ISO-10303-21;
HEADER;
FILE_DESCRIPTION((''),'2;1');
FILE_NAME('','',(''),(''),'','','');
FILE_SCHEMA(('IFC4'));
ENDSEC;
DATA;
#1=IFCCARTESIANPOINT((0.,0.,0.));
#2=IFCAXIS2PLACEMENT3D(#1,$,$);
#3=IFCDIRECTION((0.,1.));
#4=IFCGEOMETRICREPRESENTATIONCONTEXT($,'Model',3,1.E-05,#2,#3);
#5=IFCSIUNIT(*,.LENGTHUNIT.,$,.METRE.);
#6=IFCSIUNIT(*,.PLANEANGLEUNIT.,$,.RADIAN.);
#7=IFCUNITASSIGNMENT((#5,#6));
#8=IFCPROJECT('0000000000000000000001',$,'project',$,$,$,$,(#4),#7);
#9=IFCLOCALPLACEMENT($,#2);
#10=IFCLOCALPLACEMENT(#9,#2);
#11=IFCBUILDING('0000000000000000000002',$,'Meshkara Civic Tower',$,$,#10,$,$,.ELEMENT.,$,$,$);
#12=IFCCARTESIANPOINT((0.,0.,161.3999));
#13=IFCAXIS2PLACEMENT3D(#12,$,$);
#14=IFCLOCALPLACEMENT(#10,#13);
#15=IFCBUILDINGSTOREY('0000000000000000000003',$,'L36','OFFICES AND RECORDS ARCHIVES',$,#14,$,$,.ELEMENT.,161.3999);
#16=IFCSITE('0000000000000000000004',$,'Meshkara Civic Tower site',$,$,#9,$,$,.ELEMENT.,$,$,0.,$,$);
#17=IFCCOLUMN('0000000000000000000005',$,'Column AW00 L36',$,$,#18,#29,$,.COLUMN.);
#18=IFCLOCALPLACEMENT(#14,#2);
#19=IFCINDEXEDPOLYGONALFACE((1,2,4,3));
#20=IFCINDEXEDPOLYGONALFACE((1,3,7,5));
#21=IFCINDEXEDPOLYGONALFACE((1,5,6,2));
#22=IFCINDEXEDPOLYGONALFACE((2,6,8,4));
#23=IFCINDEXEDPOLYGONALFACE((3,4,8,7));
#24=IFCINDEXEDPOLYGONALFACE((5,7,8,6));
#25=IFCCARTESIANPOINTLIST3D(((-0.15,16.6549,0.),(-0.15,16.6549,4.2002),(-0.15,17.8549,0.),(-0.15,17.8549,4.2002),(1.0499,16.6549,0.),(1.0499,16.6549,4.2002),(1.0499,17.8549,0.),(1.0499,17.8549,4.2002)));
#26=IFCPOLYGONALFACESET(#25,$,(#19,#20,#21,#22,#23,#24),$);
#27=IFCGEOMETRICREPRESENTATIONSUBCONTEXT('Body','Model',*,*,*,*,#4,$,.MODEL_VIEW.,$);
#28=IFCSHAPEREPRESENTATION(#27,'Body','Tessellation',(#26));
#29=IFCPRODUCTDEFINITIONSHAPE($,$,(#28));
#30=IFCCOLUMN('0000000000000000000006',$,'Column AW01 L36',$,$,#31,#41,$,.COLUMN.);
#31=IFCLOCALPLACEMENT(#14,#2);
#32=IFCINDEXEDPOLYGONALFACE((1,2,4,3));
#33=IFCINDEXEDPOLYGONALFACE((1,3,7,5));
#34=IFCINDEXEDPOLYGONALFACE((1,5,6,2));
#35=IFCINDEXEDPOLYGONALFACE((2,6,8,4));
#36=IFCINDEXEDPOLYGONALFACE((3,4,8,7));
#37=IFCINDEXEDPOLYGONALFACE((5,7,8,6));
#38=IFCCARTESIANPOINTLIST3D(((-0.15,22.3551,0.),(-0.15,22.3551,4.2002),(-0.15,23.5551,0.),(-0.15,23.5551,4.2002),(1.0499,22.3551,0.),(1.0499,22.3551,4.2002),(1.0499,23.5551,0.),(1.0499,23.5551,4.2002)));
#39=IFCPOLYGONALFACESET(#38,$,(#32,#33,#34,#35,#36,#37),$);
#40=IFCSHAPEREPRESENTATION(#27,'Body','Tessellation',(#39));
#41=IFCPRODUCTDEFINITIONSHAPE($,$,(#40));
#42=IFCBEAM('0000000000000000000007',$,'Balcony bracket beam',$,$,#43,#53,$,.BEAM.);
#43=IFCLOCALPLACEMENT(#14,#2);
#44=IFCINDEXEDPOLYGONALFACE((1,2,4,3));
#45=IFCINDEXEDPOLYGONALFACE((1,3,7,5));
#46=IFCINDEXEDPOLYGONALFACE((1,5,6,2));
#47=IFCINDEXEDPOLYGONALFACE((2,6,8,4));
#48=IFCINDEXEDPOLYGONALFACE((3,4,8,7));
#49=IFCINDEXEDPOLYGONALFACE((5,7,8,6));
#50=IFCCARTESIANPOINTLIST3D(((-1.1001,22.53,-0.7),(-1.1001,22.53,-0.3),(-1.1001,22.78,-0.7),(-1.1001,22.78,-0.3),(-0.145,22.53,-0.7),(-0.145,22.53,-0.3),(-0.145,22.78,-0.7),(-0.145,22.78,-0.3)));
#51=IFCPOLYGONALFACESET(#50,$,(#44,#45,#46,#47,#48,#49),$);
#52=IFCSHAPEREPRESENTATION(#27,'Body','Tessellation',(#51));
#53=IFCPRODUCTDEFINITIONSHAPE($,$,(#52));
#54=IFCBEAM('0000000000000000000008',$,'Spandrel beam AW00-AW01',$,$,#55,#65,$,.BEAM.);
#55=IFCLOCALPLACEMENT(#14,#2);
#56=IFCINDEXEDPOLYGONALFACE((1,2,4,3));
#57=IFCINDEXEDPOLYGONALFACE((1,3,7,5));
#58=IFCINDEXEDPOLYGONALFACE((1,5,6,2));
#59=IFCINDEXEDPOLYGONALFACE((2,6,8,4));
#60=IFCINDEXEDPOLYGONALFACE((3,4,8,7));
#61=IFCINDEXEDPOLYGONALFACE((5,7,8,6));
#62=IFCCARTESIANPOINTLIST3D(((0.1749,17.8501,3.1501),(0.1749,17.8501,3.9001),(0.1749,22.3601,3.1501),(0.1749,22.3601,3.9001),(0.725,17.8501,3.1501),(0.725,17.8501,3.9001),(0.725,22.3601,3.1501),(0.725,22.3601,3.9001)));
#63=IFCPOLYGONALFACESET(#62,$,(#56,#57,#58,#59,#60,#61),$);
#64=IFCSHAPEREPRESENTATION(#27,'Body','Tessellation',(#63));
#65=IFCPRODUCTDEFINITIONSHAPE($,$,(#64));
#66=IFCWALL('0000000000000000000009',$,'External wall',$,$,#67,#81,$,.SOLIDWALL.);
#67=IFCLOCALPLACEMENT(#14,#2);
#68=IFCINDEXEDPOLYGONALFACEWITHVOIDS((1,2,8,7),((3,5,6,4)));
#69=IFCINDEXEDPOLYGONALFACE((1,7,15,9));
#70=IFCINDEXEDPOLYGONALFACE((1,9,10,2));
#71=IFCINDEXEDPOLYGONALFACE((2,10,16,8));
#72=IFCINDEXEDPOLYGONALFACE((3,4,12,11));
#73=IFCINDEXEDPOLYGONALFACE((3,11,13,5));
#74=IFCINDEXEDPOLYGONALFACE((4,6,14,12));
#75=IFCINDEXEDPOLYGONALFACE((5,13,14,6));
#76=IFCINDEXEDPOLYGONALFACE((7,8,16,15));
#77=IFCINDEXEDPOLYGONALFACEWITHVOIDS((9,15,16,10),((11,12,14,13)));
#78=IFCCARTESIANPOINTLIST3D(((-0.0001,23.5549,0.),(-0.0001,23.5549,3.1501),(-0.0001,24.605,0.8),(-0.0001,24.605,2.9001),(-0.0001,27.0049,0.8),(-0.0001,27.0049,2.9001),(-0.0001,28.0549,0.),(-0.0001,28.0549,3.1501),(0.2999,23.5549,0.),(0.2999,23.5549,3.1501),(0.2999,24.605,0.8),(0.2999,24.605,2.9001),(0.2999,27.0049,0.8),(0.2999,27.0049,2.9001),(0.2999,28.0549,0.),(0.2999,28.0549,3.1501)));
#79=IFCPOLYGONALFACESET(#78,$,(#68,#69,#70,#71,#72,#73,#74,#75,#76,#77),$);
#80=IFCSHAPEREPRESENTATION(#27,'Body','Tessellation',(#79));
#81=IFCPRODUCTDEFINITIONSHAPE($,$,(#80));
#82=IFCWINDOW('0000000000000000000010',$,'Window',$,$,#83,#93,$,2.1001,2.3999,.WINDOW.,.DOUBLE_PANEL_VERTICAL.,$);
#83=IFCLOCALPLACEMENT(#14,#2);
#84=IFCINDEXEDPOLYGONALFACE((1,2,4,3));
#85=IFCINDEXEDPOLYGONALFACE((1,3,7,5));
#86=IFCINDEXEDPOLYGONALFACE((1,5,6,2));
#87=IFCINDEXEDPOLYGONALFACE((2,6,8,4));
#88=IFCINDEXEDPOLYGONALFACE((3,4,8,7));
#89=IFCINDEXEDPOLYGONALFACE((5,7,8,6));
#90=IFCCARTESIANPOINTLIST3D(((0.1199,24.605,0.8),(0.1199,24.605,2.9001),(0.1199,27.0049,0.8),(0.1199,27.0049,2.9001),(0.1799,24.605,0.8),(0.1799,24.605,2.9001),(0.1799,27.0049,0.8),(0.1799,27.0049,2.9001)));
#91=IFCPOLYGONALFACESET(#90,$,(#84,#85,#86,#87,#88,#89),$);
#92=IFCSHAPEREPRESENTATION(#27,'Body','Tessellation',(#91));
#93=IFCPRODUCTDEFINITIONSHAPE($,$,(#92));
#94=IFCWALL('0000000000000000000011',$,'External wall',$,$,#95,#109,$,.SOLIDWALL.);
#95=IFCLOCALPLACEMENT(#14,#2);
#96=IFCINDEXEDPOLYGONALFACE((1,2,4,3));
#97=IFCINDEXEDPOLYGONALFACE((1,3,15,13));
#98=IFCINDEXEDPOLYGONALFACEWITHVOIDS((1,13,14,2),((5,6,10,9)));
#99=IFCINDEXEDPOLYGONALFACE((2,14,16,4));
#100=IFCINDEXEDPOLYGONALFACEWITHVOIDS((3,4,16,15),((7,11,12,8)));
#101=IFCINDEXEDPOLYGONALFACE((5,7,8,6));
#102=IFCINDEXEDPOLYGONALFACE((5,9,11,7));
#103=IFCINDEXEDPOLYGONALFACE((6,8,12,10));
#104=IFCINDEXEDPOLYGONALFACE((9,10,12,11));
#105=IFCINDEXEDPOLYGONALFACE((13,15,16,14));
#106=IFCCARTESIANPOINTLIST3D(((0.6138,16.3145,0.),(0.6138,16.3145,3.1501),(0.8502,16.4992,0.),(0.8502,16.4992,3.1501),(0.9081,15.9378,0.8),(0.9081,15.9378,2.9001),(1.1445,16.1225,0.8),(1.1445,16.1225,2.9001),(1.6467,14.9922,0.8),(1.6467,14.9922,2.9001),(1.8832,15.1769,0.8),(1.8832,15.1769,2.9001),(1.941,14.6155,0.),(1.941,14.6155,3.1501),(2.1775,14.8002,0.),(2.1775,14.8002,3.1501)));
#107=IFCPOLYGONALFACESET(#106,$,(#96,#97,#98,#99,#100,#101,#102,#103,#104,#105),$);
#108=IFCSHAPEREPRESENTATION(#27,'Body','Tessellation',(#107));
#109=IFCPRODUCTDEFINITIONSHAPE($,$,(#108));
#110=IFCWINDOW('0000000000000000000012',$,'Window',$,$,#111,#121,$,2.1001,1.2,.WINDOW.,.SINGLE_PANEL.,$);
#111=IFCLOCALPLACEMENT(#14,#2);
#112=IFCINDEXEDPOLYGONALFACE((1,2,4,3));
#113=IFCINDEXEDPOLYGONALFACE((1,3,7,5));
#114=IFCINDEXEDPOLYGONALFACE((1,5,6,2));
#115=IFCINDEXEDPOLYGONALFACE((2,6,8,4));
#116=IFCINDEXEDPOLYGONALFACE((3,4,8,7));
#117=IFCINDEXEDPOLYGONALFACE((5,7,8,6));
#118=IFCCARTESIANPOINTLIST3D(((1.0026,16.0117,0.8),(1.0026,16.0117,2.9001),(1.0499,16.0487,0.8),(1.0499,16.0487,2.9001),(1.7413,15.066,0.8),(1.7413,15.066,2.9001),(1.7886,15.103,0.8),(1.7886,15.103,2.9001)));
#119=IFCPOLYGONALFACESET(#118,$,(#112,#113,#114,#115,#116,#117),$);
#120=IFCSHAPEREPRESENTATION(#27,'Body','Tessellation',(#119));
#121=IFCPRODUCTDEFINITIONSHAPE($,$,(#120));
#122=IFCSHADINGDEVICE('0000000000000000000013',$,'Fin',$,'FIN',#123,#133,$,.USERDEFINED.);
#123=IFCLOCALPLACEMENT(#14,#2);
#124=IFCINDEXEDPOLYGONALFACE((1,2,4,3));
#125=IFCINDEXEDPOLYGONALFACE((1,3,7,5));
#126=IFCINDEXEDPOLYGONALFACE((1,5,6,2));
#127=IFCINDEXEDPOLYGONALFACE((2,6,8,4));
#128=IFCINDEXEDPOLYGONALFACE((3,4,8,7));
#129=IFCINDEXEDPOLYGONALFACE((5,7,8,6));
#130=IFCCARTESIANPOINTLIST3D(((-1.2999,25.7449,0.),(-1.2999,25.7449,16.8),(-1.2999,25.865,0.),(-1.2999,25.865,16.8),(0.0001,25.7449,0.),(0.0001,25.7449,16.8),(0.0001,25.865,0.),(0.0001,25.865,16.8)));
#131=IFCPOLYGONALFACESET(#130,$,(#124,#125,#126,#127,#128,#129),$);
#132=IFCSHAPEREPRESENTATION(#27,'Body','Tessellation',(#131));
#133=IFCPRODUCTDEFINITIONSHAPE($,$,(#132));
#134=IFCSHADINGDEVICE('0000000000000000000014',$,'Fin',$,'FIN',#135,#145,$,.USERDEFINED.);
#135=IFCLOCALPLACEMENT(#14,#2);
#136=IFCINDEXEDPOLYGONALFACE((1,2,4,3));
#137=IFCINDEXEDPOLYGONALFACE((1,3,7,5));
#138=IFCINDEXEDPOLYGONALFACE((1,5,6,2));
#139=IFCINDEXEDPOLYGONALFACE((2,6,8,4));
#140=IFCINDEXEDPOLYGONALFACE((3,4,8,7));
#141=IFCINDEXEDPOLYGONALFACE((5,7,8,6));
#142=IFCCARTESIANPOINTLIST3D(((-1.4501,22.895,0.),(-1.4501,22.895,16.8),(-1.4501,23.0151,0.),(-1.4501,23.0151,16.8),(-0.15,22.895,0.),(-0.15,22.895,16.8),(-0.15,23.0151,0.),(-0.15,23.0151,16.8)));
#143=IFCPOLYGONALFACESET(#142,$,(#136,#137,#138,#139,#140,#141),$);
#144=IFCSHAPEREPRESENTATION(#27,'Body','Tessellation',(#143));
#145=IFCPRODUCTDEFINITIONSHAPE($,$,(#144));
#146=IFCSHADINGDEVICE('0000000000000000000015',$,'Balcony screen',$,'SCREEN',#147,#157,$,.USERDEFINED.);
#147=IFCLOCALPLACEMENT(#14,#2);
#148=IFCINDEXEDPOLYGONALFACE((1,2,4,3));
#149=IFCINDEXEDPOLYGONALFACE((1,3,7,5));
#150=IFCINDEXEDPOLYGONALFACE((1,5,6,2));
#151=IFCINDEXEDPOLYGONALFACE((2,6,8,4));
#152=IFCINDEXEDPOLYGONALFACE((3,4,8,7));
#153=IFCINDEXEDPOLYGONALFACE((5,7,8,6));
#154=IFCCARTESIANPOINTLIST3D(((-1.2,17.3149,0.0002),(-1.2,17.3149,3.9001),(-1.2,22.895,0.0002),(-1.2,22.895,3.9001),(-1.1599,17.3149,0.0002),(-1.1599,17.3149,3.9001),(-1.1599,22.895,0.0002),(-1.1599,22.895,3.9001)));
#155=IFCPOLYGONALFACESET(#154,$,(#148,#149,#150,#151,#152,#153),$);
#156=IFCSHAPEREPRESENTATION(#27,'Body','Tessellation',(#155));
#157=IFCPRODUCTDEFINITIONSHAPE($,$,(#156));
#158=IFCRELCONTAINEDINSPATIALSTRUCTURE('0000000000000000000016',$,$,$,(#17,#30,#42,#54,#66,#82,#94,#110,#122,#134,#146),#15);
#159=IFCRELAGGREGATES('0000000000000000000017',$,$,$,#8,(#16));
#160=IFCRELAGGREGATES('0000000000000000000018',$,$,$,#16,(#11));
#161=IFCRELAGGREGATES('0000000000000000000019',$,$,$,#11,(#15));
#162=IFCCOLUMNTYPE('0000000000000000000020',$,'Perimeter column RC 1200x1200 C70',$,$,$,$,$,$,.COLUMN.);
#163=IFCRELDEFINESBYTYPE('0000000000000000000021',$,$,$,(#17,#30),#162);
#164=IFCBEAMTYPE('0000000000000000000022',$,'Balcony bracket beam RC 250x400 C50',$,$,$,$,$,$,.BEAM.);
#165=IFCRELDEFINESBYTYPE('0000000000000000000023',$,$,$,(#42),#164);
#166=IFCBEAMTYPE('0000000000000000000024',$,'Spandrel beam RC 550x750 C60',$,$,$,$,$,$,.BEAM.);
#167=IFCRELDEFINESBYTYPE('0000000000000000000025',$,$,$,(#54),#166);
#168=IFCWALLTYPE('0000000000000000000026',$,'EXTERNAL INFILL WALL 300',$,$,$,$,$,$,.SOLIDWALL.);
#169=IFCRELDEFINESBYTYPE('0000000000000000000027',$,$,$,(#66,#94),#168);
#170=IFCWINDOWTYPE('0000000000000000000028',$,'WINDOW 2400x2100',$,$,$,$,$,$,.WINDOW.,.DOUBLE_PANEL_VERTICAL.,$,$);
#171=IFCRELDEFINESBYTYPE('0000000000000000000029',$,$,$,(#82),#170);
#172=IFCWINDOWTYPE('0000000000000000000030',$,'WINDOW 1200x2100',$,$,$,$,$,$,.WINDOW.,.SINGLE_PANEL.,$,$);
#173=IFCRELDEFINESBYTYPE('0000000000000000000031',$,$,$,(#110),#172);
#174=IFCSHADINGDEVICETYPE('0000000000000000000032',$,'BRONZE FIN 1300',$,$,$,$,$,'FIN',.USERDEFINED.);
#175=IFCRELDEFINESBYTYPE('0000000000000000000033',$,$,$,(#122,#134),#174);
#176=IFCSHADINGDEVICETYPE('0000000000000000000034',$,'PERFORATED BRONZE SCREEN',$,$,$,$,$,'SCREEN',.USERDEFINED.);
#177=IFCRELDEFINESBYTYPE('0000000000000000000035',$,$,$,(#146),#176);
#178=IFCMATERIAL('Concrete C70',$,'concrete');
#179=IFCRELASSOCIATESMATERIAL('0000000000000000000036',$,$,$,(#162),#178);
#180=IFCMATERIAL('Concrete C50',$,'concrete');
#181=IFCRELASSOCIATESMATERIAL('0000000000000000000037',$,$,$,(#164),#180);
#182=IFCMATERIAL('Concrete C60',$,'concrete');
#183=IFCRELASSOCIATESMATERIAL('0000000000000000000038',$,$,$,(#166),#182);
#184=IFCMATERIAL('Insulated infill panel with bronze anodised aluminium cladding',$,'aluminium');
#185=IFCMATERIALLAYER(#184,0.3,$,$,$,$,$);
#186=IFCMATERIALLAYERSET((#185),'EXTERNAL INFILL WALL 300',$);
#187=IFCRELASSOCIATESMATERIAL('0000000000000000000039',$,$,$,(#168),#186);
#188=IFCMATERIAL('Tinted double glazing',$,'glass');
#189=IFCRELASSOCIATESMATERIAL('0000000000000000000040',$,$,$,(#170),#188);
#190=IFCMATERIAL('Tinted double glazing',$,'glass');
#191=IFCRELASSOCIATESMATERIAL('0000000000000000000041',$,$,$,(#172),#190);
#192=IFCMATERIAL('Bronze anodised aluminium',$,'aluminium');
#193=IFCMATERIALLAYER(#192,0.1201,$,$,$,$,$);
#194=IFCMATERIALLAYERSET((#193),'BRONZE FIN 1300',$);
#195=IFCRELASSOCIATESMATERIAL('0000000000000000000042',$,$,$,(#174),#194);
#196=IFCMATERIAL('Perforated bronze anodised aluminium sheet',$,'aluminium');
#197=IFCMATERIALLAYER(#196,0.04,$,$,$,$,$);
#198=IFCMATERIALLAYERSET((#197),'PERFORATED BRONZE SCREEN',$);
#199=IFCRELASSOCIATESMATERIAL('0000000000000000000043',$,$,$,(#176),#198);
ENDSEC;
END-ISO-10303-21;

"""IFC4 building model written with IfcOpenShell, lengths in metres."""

from ifc_helpers import new_model, si_unit, direction, frame, frame_2d, origin, origin_2d, place, context, subcontext, project, spatial, rectangle, extrude, material, layer, layer_set, material_profile, profile_set, type_object, element, fill, save


model = new_model("IFC4")

# Units and contexts
model_context = context("Model", 3, precision=1e-05, world=origin(), true_north=direction((0.0, 1.0)))
body_context = subcontext(model_context, "Body", "Model", "MODEL_VIEW")
ifc_project = project(units=[si_unit("LENGTHUNIT", "METRE"), si_unit("PLANEANGLEUNIT", "RADIAN")], contexts=[model_context])

# Site, building, storey
site_placement = place(None, origin())
site = spatial("IfcSite", under=ifc_project, at=site_placement, Name="Meshkara Civic Tower site", CompositionType="ELEMENT", RefElevation=0.0)
building_placement = place(site_placement, origin())
building = spatial("IfcBuilding", under=site, at=building_placement, Name="Meshkara Civic Tower", CompositionType="ELEMENT")
storey_placement = place(building_placement, frame((0.0, 0.0, 161.3999)))
storey = spatial("IfcBuildingStorey", under=building, at=storey_placement, Name="L36", Description="OFFICES AND RECORDS ARCHIVES", CompositionType="ELEMENT", Elevation=161.3999)

# Columns
ifc_material_1 = material(Name="Concrete C70", Category="concrete")
ifc_material_profile_1 = material_profile(ifc_material_1, rectangle(XDim=1.2, YDim=1.2, at=origin_2d()))
ifc_profile_set_1 = profile_set([ifc_material_profile_1], Name="Concrete C70")
column_type = type_object("IfcColumnType", Name="Perimeter column RC 1200x1200 C70", PredefinedType="COLUMN", material=ifc_profile_set_1)
for number, where, z_axis, x_axis, name in (
    (1, (0.45, 17.2549, 0.0), (0.0, 0.0, 1.0), (1.0, 0.0, 0.0), "Column AW00 L36"),
    (2, (0.45, 22.9551, 0.0), (0.0, 0.0, 1.0), (1.0, 0.0, 0.0), "Column AW01 L36"),
):
    element("IfcColumn", number, at=place(storey_placement, frame(where, z_axis=z_axis, x_axis=x_axis)), inside=storey, type_object=column_type, Name=name, PredefinedType="COLUMN", context=body_context, shape_type="SweptSolid", body=[
        extrude(rectangle(XDim=1.2, YDim=1.2, at=origin_2d()), origin(), (0.0, 0.0, 1.0), 4.2002),
    ])

# Beams
ifc_material_2 = material(Name="Concrete C50", Category="concrete")
ifc_material_profile_2 = material_profile(ifc_material_2, rectangle(XDim=0.25, YDim=0.3999, at=origin_2d()))
ifc_profile_set_2 = profile_set([ifc_material_profile_2], Name="Concrete C50")
beam_type_1 = type_object("IfcBeamType", Name="Balcony bracket beam RC 250x400 C50", PredefinedType="BEAM", material=ifc_profile_set_2)
beam_1_placement = place(storey_placement, frame((-0.145, 22.655, -0.5), z_axis=(-1.0, 0.0, 0.0), x_axis=(0.0, -1.0, 0.0)))
element("IfcBeam", 3, at=beam_1_placement, inside=storey, type_object=beam_type_1, Name="Balcony bracket beam", PredefinedType="BEAM", context=body_context, shape_type="SweptSolid", body=[
    extrude(rectangle(XDim=0.25, YDim=0.3999, at=origin_2d()), origin(), (0.0, 0.0, 1.0), 0.9551),
])
ifc_material_3 = material(Name="Concrete C60", Category="concrete")
ifc_material_profile_3 = material_profile(ifc_material_3, rectangle(XDim=0.55, YDim=0.75, at=origin_2d()))
ifc_profile_set_3 = profile_set([ifc_material_profile_3], Name="Concrete C60")
beam_type_2 = type_object("IfcBeamType", Name="Spandrel beam RC 550x750 C60", PredefinedType="BEAM", material=ifc_profile_set_3)
beam_2_placement = place(storey_placement, frame((0.45, 22.3601, 3.5251), z_axis=(0.0, -1.0, 0.0), x_axis=(1.0, 0.0, 0.0)))
element("IfcBeam", 4, at=beam_2_placement, inside=storey, type_object=beam_type_2, Name="Spandrel beam AW00-AW01", PredefinedType="BEAM", context=body_context, shape_type="SweptSolid", body=[
    extrude(rectangle(XDim=0.55, YDim=0.75, at=origin_2d()), origin(), (0.0, 0.0, 1.0), 4.51),
])

# Walls, openings, windows
ifc_material_4 = material(Name="Insulated infill panel with bronze anodised aluminium cladding", Category="aluminium")
ifc_layer_1 = layer(ifc_material_4, 0.3)
ifc_layer_set_1 = layer_set([ifc_layer_1], Name="EXTERNAL INFILL WALL 300")
wall_type_1 = type_object("IfcWallType", Name="EXTERNAL INFILL WALL 300", PredefinedType="SOLIDWALL", material=ifc_layer_set_1)
wall_1_placement = place(storey_placement, frame((0.1499, 28.0549, 0.0), z_axis=(0.0, 0.0, 1.0), x_axis=(0.0, -1.0, 0.0)))
wall_1 = element("IfcWall", 5, at=wall_1_placement, inside=storey, type_object=wall_type_1, Name="External wall", PredefinedType="SOLIDWALL", context=body_context, shape_type="SweptSolid", body=[
    extrude(rectangle(XDim=4.5, YDim=0.3, at=frame_2d((2.25, 0.0))), origin(), (0.0, 0.0, 1.0), 3.1501),
])
opening_1_placement = place(wall_1_placement, frame((1.05, 0.0, 0.8)))
opening_1 = element("IfcOpeningElement", 6, at=opening_1_placement, cuts=wall_1, PredefinedType="OPENING", context=body_context, shape_type="SweptSolid", body=[
    extrude(rectangle(XDim=2.3999, YDim=2.1001, at=frame_2d((1.2, 1.05))), frame((0.0, 0.1599, 0.0), z_axis=(0.0, -1.0, 0.0), x_axis=(1.0, 0.0, 0.0)), (0.0, 0.0, 1.0), 0.3201),
])
ifc_material_5 = material(Name="Tinted double glazing", Category="glass")
window_type_1 = type_object("IfcWindowType", Name="WINDOW 2400x2100", PartitioningType="DOUBLE_PANEL_VERTICAL", PredefinedType="WINDOW", material=ifc_material_5)
window_1_placement = place(opening_1_placement, origin())
window_1 = element("IfcWindow", 7, at=window_1_placement, inside=storey, type_object=window_type_1, Name="Window", OverallHeight=2.1001, OverallWidth=2.3999, PartitioningType="DOUBLE_PANEL_VERTICAL", PredefinedType="WINDOW", context=body_context, shape_type="SweptSolid", body=[
    extrude(rectangle(XDim=2.3999, YDim=2.1001, at=frame_2d((1.2, 1.05))), frame((0.0, 0.03, 0.0), z_axis=(0.0, -1.0, 0.0), x_axis=(1.0, 0.0, 0.0)), (0.0, 0.0, 1.0), 0.0601),
])
fill(opening_1, window_1)
wall_2_placement = place(storey_placement, frame((0.7319, 16.407, 0.0), z_axis=(0.0, 0.0, 1.0), x_axis=(0.615593, -0.788064, 0.0)))
wall_2 = element("IfcWall", 8, at=wall_2_placement, inside=storey, type_object=wall_type_1, Name="External wall", PredefinedType="SOLIDWALL", context=body_context, shape_type="SweptSolid", body=[
    extrude(rectangle(XDim=2.156, YDim=0.3, at=frame_2d((1.0781, 0.0))), origin(), (0.0, 0.0, 1.0), 3.1501),
])
opening_2_placement = place(wall_2_placement, frame((0.478, 0.0, 0.8)))
opening_2 = element("IfcOpeningElement", 9, at=opening_2_placement, cuts=wall_2, PredefinedType="OPENING", context=body_context, shape_type="SweptSolid", body=[
    extrude(rectangle(XDim=1.2, YDim=2.1001, at=frame_2d((0.6001, 1.05))), frame((0.0, 0.1599, 0.0), z_axis=(0.0, -1.0, 0.0), x_axis=(1.0, 0.0, 0.0)), (0.0, 0.0, 1.0), 0.3201),
])
ifc_material_6 = material(Name="Tinted double glazing", Category="glass")
window_type_2 = type_object("IfcWindowType", Name="WINDOW 1200x2100", PartitioningType="SINGLE_PANEL", PredefinedType="WINDOW", material=ifc_material_6)
window_2_placement = place(opening_2_placement, origin())
window_2 = element("IfcWindow", 10, at=window_2_placement, inside=storey, type_object=window_type_2, Name="Window", OverallHeight=2.1001, OverallWidth=1.2, PartitioningType="SINGLE_PANEL", PredefinedType="WINDOW", context=body_context, shape_type="SweptSolid", body=[
    extrude(rectangle(XDim=1.2, YDim=2.1001, at=frame_2d((0.6001, 1.05))), frame((0.0, 0.03, 0.0), z_axis=(0.0, -1.0, 0.0), x_axis=(1.0, 0.0, 0.0)), (0.0, 0.0, 1.0), 0.0601),
])
fill(opening_2, window_2)

# Shading devices
ifc_material_7 = material(Name="Bronze anodised aluminium", Category="aluminium")
ifc_layer_2 = layer(ifc_material_7, 0.1201)
ifc_layer_set_2 = layer_set([ifc_layer_2], Name="BRONZE FIN 1300")
shading_device_type_1 = type_object("IfcShadingDeviceType", Name="BRONZE FIN 1300", ElementType="FIN", PredefinedType="USERDEFINED", material=ifc_layer_set_2)
for number, where, z_axis, x_axis, name in (
    (11, (-0.6499, 25.8049, 0.0), (0.0, 0.0, 1.0), (0.0, -1.0, 0.0), "Fin"),
    (12, (-0.8, 22.9551, 0.0), (0.0, 0.0, 1.0), (0.0, -1.0, 0.0), "Fin"),
):
    element("IfcShadingDevice", number, at=place(storey_placement, frame(where, z_axis=z_axis, x_axis=x_axis)), inside=storey, type_object=shading_device_type_1, Name=name, ObjectType="FIN", PredefinedType="USERDEFINED", context=body_context, shape_type="SweptSolid", body=[
        extrude(rectangle(XDim=0.1201, YDim=1.3, at=origin_2d()), origin(), (0.0, 0.0, 1.0), 16.8),
    ])
ifc_material_8 = material(Name="Perforated bronze anodised aluminium sheet", Category="aluminium")
ifc_layer_3 = layer(ifc_material_8, 0.04)
ifc_layer_set_3 = layer_set([ifc_layer_3], Name="PERFORATED BRONZE SCREEN")
shading_device_type_2 = type_object("IfcShadingDeviceType", Name="PERFORATED BRONZE SCREEN", ElementType="SCREEN", PredefinedType="USERDEFINED", material=ifc_layer_set_3)
shading_device_placement = place(storey_placement, frame((-1.1799, 20.105, 0.0002), z_axis=(0.0, 0.0, 1.0), x_axis=(0.0, -1.0, 0.0)))
element("IfcShadingDevice", 13, at=shading_device_placement, inside=storey, type_object=shading_device_type_2, Name="Balcony screen", ObjectType="SCREEN", PredefinedType="USERDEFINED", context=body_context, shape_type="SweptSolid", body=[
    extrude(rectangle(XDim=5.5801, YDim=0.04, at=origin_2d()), origin(), (0.0, 0.0, 1.0), 3.8999),
])

save(model, "model.ifc")
